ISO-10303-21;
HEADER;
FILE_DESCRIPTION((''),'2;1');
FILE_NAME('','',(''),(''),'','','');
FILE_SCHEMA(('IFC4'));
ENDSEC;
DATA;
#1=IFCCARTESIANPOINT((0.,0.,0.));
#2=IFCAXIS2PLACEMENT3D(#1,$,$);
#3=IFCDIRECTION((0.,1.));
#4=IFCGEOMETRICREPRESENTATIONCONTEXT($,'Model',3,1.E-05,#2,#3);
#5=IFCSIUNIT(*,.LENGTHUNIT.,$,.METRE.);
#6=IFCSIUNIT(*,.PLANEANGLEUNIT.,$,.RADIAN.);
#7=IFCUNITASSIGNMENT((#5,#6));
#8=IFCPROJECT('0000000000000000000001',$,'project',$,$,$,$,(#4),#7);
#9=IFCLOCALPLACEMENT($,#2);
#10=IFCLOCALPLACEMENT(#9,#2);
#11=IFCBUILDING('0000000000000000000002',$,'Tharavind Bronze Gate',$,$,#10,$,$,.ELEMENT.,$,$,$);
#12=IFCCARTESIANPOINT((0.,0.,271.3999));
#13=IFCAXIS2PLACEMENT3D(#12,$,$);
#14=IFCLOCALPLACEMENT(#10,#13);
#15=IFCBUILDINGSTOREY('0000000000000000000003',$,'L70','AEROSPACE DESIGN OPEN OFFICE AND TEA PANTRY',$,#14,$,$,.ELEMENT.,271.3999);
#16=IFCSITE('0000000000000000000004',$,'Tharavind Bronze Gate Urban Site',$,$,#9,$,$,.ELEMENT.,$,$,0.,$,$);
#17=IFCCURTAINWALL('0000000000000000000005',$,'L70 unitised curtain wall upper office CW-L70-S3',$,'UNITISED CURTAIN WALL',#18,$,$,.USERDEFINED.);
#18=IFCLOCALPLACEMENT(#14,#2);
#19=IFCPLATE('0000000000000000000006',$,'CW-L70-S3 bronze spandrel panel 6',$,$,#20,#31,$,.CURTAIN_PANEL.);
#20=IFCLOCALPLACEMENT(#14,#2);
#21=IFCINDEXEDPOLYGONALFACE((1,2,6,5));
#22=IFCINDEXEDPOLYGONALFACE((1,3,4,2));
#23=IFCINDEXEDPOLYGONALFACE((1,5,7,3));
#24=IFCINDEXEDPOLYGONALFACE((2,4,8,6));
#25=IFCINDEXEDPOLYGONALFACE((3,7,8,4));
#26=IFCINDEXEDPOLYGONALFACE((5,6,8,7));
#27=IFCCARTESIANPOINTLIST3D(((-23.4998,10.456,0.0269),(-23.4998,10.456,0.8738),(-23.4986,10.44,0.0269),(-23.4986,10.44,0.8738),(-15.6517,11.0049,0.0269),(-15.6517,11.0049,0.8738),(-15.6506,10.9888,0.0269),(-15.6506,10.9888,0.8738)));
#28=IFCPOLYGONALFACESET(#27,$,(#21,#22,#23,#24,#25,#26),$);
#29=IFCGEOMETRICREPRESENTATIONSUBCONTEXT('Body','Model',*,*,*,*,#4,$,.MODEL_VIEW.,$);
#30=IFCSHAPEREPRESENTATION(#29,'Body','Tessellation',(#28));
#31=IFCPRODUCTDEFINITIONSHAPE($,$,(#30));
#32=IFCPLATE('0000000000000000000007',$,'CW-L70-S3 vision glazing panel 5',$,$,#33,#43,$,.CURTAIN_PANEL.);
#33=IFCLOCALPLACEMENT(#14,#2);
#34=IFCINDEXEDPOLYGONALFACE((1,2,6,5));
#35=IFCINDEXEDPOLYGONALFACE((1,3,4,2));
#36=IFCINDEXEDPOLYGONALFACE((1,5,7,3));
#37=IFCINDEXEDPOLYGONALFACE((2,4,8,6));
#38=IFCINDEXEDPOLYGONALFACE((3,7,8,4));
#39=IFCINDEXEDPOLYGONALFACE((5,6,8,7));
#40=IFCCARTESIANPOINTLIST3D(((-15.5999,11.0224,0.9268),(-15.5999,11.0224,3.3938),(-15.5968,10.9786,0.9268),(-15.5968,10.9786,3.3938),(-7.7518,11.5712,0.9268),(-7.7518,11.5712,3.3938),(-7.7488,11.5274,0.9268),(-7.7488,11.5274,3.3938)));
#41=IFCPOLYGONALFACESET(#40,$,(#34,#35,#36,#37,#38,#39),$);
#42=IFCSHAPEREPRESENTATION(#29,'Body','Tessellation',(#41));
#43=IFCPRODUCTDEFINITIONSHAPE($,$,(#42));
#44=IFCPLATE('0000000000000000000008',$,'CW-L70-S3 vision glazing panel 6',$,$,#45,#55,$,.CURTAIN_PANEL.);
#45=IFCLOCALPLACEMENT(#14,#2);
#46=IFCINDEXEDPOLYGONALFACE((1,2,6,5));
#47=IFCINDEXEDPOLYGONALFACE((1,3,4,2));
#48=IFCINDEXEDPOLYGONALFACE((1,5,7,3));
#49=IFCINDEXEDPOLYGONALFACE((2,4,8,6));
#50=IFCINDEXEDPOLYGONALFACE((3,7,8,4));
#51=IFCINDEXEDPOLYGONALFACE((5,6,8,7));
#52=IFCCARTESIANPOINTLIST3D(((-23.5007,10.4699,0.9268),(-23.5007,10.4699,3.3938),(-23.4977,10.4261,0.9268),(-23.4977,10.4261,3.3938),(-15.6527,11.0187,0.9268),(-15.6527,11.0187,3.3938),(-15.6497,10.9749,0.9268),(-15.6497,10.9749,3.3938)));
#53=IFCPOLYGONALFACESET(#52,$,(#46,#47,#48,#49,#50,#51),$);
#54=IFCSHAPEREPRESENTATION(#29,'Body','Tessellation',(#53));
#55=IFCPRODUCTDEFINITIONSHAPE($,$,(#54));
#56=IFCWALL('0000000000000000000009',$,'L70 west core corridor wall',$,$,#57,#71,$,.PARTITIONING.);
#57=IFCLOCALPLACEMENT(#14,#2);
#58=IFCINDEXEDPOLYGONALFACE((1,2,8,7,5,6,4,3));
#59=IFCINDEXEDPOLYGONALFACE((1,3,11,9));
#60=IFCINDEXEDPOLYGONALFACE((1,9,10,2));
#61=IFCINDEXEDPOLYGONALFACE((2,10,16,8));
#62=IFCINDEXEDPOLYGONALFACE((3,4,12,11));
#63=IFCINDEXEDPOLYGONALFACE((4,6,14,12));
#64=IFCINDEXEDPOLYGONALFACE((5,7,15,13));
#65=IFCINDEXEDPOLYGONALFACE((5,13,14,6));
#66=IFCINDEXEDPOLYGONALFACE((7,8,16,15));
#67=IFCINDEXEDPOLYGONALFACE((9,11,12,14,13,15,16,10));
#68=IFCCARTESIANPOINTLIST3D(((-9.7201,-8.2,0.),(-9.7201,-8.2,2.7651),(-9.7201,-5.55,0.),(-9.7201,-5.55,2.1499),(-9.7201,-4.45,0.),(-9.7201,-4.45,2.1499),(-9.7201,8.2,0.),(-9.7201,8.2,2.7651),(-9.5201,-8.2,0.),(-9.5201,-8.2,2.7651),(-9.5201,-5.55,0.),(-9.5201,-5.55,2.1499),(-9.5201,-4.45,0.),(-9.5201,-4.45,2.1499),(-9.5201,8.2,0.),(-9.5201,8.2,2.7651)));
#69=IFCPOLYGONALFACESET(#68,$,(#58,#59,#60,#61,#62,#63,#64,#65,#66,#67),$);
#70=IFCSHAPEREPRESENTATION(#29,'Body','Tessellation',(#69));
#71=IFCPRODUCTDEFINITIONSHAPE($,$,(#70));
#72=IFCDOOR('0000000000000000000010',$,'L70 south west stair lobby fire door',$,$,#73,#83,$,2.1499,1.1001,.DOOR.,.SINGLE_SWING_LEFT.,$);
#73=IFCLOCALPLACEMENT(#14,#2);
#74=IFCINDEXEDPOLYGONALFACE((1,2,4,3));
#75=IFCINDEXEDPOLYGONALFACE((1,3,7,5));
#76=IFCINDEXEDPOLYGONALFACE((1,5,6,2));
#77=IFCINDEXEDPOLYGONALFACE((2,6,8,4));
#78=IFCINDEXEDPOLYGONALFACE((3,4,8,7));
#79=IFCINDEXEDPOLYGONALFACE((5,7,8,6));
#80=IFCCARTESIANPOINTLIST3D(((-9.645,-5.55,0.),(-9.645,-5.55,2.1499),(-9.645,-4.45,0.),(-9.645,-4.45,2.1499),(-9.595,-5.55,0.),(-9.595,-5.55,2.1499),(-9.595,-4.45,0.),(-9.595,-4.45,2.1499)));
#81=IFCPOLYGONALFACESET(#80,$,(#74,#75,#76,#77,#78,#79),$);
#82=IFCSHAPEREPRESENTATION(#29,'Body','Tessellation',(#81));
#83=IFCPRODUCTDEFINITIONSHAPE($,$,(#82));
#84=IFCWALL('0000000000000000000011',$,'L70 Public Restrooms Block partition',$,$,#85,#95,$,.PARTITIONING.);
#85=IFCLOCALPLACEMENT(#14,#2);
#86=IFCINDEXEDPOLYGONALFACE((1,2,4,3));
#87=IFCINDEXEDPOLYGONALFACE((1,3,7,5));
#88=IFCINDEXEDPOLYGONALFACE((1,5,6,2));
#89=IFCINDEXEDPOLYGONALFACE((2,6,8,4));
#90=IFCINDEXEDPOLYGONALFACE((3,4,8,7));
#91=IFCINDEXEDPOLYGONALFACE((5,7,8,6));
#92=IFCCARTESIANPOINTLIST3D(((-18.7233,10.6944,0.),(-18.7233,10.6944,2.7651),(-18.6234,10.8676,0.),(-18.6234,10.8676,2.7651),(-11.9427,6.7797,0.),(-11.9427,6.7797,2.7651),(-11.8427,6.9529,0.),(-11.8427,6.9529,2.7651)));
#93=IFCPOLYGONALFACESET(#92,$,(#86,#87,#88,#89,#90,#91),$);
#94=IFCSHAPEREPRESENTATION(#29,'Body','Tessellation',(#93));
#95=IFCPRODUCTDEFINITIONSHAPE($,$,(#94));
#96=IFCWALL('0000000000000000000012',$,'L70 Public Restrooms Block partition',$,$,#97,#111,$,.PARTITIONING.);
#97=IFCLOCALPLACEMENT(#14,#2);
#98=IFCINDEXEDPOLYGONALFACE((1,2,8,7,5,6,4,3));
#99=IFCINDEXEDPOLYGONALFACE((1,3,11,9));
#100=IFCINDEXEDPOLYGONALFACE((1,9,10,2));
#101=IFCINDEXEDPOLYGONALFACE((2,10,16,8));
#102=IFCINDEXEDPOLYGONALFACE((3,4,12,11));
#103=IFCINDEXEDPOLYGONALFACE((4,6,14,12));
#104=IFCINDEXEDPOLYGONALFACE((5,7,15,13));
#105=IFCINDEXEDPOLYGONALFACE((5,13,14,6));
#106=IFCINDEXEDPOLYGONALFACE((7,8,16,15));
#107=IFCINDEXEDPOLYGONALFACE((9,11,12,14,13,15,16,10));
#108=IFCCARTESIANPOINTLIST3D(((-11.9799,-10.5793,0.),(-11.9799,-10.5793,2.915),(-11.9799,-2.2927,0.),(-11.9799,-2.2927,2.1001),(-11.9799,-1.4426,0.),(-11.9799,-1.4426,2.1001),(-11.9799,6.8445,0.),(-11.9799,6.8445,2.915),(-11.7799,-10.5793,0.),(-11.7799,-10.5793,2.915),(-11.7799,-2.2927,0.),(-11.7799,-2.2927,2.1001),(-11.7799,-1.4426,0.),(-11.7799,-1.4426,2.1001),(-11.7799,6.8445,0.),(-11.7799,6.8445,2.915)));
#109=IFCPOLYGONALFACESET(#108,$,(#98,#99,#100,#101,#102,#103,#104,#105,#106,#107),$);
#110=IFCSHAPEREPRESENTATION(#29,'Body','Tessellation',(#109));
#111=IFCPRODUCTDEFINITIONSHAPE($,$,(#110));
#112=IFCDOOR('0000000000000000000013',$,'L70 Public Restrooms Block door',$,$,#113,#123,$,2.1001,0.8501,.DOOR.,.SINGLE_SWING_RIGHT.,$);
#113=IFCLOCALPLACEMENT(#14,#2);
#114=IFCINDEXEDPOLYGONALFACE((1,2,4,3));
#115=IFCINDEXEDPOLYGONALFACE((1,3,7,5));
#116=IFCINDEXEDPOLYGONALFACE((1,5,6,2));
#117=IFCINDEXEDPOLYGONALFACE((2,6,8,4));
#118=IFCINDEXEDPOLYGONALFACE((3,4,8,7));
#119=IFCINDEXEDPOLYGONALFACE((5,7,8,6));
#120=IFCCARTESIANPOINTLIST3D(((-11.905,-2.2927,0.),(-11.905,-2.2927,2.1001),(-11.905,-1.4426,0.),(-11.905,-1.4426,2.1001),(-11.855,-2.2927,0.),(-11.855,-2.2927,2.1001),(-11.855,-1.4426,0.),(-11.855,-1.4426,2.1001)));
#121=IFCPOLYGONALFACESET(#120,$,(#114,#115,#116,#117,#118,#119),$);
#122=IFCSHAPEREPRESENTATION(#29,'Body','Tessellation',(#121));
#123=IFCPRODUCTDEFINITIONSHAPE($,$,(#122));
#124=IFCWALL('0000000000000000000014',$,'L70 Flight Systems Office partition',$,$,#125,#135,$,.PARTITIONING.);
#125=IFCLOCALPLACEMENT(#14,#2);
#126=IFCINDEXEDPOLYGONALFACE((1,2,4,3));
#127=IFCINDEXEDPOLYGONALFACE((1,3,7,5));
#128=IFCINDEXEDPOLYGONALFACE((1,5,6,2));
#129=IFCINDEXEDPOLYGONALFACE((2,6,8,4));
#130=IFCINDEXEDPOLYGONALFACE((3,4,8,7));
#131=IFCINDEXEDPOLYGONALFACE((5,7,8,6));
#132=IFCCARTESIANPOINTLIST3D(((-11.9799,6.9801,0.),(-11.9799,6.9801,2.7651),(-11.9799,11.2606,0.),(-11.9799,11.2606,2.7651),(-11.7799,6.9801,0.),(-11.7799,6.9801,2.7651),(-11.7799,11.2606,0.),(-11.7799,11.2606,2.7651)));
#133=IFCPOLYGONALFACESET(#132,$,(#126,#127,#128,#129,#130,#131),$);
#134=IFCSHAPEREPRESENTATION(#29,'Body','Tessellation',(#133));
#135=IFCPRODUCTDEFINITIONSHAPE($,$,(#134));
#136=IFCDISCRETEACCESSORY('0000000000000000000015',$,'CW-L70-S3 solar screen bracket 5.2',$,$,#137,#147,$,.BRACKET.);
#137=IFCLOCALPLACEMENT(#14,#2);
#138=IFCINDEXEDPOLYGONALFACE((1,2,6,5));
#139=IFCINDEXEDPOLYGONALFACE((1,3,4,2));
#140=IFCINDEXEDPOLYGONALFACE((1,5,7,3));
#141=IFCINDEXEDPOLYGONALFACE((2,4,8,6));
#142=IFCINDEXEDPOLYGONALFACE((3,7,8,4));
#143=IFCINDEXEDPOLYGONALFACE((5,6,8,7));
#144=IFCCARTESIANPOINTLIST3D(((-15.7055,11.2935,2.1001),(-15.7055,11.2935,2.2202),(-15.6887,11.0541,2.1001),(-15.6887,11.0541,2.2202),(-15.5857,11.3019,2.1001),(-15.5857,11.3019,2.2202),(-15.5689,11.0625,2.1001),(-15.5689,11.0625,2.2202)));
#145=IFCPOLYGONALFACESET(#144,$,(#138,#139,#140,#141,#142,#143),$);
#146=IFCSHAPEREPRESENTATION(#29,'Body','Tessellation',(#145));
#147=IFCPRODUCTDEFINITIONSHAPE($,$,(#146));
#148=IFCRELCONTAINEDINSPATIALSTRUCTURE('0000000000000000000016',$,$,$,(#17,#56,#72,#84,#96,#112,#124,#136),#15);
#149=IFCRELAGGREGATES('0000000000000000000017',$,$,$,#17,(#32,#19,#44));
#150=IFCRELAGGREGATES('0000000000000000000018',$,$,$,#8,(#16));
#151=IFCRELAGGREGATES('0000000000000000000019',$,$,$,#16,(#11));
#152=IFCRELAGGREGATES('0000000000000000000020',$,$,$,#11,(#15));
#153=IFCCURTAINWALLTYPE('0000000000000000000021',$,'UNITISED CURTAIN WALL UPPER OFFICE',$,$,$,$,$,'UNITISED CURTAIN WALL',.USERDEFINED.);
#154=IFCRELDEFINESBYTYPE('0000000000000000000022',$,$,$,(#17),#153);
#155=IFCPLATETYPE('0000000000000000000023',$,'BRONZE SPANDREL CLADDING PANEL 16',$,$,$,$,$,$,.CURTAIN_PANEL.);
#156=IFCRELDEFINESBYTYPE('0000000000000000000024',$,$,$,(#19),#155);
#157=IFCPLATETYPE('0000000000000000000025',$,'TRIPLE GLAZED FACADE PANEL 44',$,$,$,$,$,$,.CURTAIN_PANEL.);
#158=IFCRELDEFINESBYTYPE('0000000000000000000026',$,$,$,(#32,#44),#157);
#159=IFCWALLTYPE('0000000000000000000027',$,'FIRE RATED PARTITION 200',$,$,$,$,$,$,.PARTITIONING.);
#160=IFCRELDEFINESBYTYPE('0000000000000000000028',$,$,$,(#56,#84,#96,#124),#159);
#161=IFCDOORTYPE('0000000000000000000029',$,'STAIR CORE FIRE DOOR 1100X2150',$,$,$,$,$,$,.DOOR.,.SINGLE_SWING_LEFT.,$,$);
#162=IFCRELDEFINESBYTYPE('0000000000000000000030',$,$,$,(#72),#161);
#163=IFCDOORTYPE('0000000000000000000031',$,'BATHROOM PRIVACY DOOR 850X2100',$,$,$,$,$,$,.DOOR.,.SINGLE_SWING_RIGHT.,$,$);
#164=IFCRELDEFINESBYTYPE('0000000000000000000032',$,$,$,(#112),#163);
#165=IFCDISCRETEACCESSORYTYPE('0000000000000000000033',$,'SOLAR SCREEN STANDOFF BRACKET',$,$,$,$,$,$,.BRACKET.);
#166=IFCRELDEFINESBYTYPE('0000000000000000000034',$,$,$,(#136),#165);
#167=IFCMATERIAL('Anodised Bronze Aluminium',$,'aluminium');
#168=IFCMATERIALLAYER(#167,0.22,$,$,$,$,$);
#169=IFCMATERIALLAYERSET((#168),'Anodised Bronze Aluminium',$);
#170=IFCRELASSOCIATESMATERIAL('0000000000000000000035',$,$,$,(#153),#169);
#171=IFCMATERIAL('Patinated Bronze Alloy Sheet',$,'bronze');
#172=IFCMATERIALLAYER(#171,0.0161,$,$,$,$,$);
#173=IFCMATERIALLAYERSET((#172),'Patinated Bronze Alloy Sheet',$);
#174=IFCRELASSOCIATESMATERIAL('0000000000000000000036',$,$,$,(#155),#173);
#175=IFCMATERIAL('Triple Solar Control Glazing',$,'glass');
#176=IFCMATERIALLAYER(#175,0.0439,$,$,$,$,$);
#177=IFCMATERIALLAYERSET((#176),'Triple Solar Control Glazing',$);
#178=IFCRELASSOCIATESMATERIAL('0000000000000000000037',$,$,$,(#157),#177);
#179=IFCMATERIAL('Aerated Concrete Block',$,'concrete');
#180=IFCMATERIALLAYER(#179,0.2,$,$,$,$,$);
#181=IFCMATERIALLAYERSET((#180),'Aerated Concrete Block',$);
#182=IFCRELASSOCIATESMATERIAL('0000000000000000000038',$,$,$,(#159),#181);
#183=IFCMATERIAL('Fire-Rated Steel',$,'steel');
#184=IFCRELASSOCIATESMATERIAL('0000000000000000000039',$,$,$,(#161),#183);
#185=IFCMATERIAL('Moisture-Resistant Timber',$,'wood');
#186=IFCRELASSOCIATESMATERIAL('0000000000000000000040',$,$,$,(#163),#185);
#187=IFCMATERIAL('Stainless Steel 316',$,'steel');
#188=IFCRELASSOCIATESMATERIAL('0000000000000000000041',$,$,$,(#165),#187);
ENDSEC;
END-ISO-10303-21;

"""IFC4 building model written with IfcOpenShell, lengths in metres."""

from ifc_helpers import new_model, si_unit, direction, frame, frame_2d, origin, origin_2d, place, context, subcontext, project, spatial, rectangle, extrude, material, layer, layer_set, type_object, element, fill, aggregate, save


model = new_model("IFC4")

# Units and contexts
model_context = context("Model", 3, precision=1e-05, world=origin(), true_north=direction((0.0, 1.0)))
body_context = subcontext(model_context, "Body", "Model", "MODEL_VIEW")
ifc_project = project(units=[si_unit("LENGTHUNIT", "METRE"), si_unit("PLANEANGLEUNIT", "RADIAN")], contexts=[model_context])

# Site, building, storey
site_placement = place(None, origin())
site = spatial("IfcSite", under=ifc_project, at=site_placement, Name="Tharavind Bronze Gate Urban Site", CompositionType="ELEMENT", RefElevation=0.0)
building_placement = place(site_placement, origin())
building = spatial("IfcBuilding", under=site, at=building_placement, Name="Tharavind Bronze Gate", CompositionType="ELEMENT")
storey_placement = place(building_placement, frame((0.0, 0.0, 271.3999)))
storey = spatial("IfcBuildingStorey", under=building, at=storey_placement, Name="L70", Description="AEROSPACE DESIGN OPEN OFFICE AND TEA PANTRY", CompositionType="ELEMENT", Elevation=271.3999)

# Curtain wall
ifc_material_1 = material(Name="Anodised Bronze Aluminium", Category="aluminium")
ifc_layer_1 = layer(ifc_material_1, 0.22)
ifc_layer_set_1 = layer_set([ifc_layer_1], Name="Anodised Bronze Aluminium")
curtain_wall_type = type_object("IfcCurtainWallType", Name="UNITISED CURTAIN WALL UPPER OFFICE", ElementType="UNITISED CURTAIN WALL", PredefinedType="USERDEFINED", material=ifc_layer_set_1)
curtain_wall_placement = place(storey_placement, origin())
curtain_wall = element("IfcCurtainWall", 1, at=curtain_wall_placement, inside=storey, type_object=curtain_wall_type, Name="L70 unitised curtain wall upper office CW-L70-S3", ObjectType="UNITISED CURTAIN WALL", PredefinedType="USERDEFINED")

# Plates
ifc_material_2 = material(Name="Patinated Bronze Alloy Sheet", Category="bronze")
ifc_layer_2 = layer(ifc_material_2, 0.0161)
ifc_layer_set_2 = layer_set([ifc_layer_2], Name="Patinated Bronze Alloy Sheet")
plate_type_1 = type_object("IfcPlateType", Name="BRONZE SPANDREL CLADDING PANEL 16", PredefinedType="CURTAIN_PANEL", material=ifc_layer_set_2)
plate_1_placement = place(storey_placement, frame((-19.5752, 10.7224, 0.0269), z_axis=(0.0, 0.0, 1.0), x_axis=(-0.997564, -0.06976, 0.0)))
plate_1 = element("IfcPlate", 2, at=plate_1_placement, type_object=plate_type_1, Name="CW-L70-S3 bronze spandrel panel 6", PredefinedType="CURTAIN_PANEL", context=body_context, shape_type="SweptSolid", body=[
    extrude(rectangle(XDim=7.8672, YDim=0.0161, at=origin_2d()), origin(), (0.0, 0.0, 1.0), 0.8469),
])
ifc_material_3 = material(Name="Triple Solar Control Glazing", Category="glass")
ifc_layer_3 = layer(ifc_material_3, 0.0439)
ifc_layer_set_3 = layer_set([ifc_layer_3], Name="Triple Solar Control Glazing")
plate_type_2 = type_object("IfcPlateType", Name="TRIPLE GLAZED FACADE PANEL 44", PredefinedType="CURTAIN_PANEL", material=ifc_layer_set_3)
plate_2_placement = place(storey_placement, frame((-11.6743, 11.2749, 0.9268), z_axis=(0.0, 0.0, 1.0), x_axis=(-0.997564, -0.06976, 0.0)))
plate_2 = element("IfcPlate", 3, at=plate_2_placement, type_object=plate_type_2, Name="CW-L70-S3 vision glazing panel 5", PredefinedType="CURTAIN_PANEL", context=body_context, shape_type="SweptSolid", body=[
    extrude(rectangle(XDim=7.8672, YDim=0.0439, at=origin_2d()), origin(), (0.0, 0.0, 1.0), 2.467),
])
plate_3_placement = place(storey_placement, frame((-19.5752, 10.7224, 0.9268), z_axis=(0.0, 0.0, 1.0), x_axis=(-0.997564, -0.06976, 0.0)))
plate_3 = element("IfcPlate", 4, at=plate_3_placement, type_object=plate_type_2, Name="CW-L70-S3 vision glazing panel 6", PredefinedType="CURTAIN_PANEL", context=body_context, shape_type="SweptSolid", body=[
    extrude(rectangle(XDim=7.8672, YDim=0.0439, at=origin_2d()), origin(), (0.0, 0.0, 1.0), 2.467),
])
aggregate(curtain_wall, [plate_2, plate_1, plate_3])

# Wall, opening, door
ifc_material_4 = material(Name="Aerated Concrete Block", Category="concrete")
ifc_layer_4 = layer(ifc_material_4, 0.2)
ifc_layer_set_4 = layer_set([ifc_layer_4], Name="Aerated Concrete Block")
wall_type = type_object("IfcWallType", Name="FIRE RATED PARTITION 200", PredefinedType="PARTITIONING", material=ifc_layer_set_4)
wall_1_placement = place(storey_placement, frame((-9.6201, 8.2, 0.0), z_axis=(0.0, 0.0, 1.0), x_axis=(0.0, -1.0, 0.0)))
wall_1 = element("IfcWall", 5, at=wall_1_placement, inside=storey, type_object=wall_type, Name="L70 west core corridor wall", PredefinedType="PARTITIONING", context=body_context, shape_type="SweptSolid", body=[
    extrude(rectangle(XDim=16.3999, YDim=0.2, at=frame_2d((8.2, 0.0))), origin(), (0.0, 0.0, 1.0), 2.7651),
])
opening_1_placement = place(wall_1_placement, frame((12.6499, 0.0, 0.0)))
opening_1 = element("IfcOpeningElement", 6, at=opening_1_placement, cuts=wall_1, PredefinedType="OPENING", context=body_context, shape_type="SweptSolid", body=[
    extrude(rectangle(XDim=1.1001, YDim=2.1499, at=frame_2d((0.55, 1.075))), frame((0.0, 0.1101, 0.0), z_axis=(0.0, -1.0, 0.0), x_axis=(1.0, 0.0, 0.0)), (0.0, 0.0, 1.0), 0.22),
])
ifc_material_5 = material(Name="Fire-Rated Steel", Category="steel")
door_type_1 = type_object("IfcDoorType", Name="STAIR CORE FIRE DOOR 1100X2150", OperationType="SINGLE_SWING_LEFT", PredefinedType="DOOR", material=ifc_material_5)
door_1_placement = place(opening_1_placement, frame((1.1001, 0.0, 0.0), z_axis=(0.0, 0.0, 1.0), x_axis=(-1.0, 0.0, 0.0)))
door_1 = element("IfcDoor", 7, at=door_1_placement, inside=storey, type_object=door_type_1, Name="L70 south west stair lobby fire door", OperationType="SINGLE_SWING_LEFT", OverallHeight=2.1499, OverallWidth=1.1001, PredefinedType="DOOR", context=body_context, shape_type="SweptSolid", body=[
    extrude(rectangle(XDim=1.1001, YDim=2.1499, at=frame_2d((0.55, 1.075))), frame((0.0, 0.0249, 0.0), z_axis=(0.0, -1.0, 0.0), x_axis=(1.0, 0.0, 0.0)), (0.0, 0.0, 1.0), 0.05),
])
fill(opening_1, door_1)

# Wall
wall_2_placement = place(storey_placement, frame((-18.6733, 10.781, 0.0), z_axis=(0.0, 0.0, 1.0), x_axis=(0.86603, -0.499992, 0.0)))
element("IfcWall", 8, at=wall_2_placement, inside=storey, type_object=wall_type, Name="L70 Public Restrooms Block partition", PredefinedType="PARTITIONING", context=body_context, shape_type="SweptSolid", body=[
    extrude(rectangle(XDim=7.8296, YDim=0.2, at=frame_2d((3.9148, 0.0))), origin(), (0.0, 0.0, 1.0), 2.7651),
])

# Wall, opening, door
wall_3_placement = place(storey_placement, frame((-11.8799, 6.8445, 0.0), z_axis=(0.0, 0.0, 1.0), x_axis=(0.0, -1.0, 0.0)))
wall_3 = element("IfcWall", 9, at=wall_3_placement, inside=storey, type_object=wall_type, Name="L70 Public Restrooms Block partition", PredefinedType="PARTITIONING", context=body_context, shape_type="SweptSolid", body=[
    extrude(rectangle(XDim=17.4238, YDim=0.2, at=frame_2d((8.7119, 0.0))), origin(), (0.0, 0.0, 1.0), 2.915),
])
opening_2_placement = place(wall_3_placement, frame((8.2871, 0.0, 0.0)))
opening_2 = element("IfcOpeningElement", 10, at=opening_2_placement, cuts=wall_3, PredefinedType="OPENING", context=body_context, shape_type="SweptSolid", body=[
    extrude(rectangle(XDim=0.8501, YDim=2.1001, at=frame_2d((0.425, 1.05))), frame((0.0, 0.1101, 0.0), z_axis=(0.0, -1.0, 0.0), x_axis=(1.0, 0.0, 0.0)), (0.0, 0.0, 1.0), 0.22),
])
ifc_material_6 = material(Name="Moisture-Resistant Timber", Category="wood")
door_type_2 = type_object("IfcDoorType", Name="BATHROOM PRIVACY DOOR 850X2100", OperationType="SINGLE_SWING_RIGHT", PredefinedType="DOOR", material=ifc_material_6)
door_2_placement = place(opening_2_placement, origin())
door_2 = element("IfcDoor", 11, at=door_2_placement, inside=storey, type_object=door_type_2, Name="L70 Public Restrooms Block door", OperationType="SINGLE_SWING_RIGHT", OverallHeight=2.1001, OverallWidth=0.8501, PredefinedType="DOOR", context=body_context, shape_type="SweptSolid", body=[
    extrude(rectangle(XDim=0.8501, YDim=2.1001, at=frame_2d((0.425, 1.05))), frame((0.0, 0.0249, 0.0), z_axis=(0.0, -1.0, 0.0), x_axis=(1.0, 0.0, 0.0)), (0.0, 0.0, 1.0), 0.05),
])
fill(opening_2, door_2)

# Wall
wall_4_placement = place(storey_placement, frame((-11.8799, 11.2605, 0.0), z_axis=(0.0, 0.0, 1.0), x_axis=(0.0, -1.0, 0.0)))
element("IfcWall", 12, at=wall_4_placement, inside=storey, type_object=wall_type, Name="L70 Flight Systems Office partition", PredefinedType="PARTITIONING", context=body_context, shape_type="SweptSolid", body=[
    extrude(rectangle(XDim=4.2805, YDim=0.2, at=frame_2d((2.1401, 0.0))), origin(), (0.0, 0.0, 1.0), 2.7651),
])

# Discrete accessory
ifc_material_7 = material(Name="Stainless Steel 316", Category="steel")
discrete_accessory_type = type_object("IfcDiscreteAccessoryType", Name="SOLAR SCREEN STANDOFF BRACKET", PredefinedType="BRACKET", material=ifc_material_7)
discrete_accessory_placement = place(storey_placement, frame((-15.6372, 11.178, 2.1001), z_axis=(0.0, 0.0, 1.0), x_axis=(-0.997564, -0.06976, 0.0)))
element("IfcDiscreteAccessory", 13, at=discrete_accessory_placement, inside=storey, type_object=discrete_accessory_type, Name="CW-L70-S3 solar screen bracket 5.2", PredefinedType="BRACKET", context=body_context, shape_type="SweptSolid", body=[
    extrude(rectangle(XDim=0.1201, YDim=0.24, at=origin_2d()), origin(), (0.0, 0.0, 1.0), 0.1201),
])

save(model, "model.ifc")
